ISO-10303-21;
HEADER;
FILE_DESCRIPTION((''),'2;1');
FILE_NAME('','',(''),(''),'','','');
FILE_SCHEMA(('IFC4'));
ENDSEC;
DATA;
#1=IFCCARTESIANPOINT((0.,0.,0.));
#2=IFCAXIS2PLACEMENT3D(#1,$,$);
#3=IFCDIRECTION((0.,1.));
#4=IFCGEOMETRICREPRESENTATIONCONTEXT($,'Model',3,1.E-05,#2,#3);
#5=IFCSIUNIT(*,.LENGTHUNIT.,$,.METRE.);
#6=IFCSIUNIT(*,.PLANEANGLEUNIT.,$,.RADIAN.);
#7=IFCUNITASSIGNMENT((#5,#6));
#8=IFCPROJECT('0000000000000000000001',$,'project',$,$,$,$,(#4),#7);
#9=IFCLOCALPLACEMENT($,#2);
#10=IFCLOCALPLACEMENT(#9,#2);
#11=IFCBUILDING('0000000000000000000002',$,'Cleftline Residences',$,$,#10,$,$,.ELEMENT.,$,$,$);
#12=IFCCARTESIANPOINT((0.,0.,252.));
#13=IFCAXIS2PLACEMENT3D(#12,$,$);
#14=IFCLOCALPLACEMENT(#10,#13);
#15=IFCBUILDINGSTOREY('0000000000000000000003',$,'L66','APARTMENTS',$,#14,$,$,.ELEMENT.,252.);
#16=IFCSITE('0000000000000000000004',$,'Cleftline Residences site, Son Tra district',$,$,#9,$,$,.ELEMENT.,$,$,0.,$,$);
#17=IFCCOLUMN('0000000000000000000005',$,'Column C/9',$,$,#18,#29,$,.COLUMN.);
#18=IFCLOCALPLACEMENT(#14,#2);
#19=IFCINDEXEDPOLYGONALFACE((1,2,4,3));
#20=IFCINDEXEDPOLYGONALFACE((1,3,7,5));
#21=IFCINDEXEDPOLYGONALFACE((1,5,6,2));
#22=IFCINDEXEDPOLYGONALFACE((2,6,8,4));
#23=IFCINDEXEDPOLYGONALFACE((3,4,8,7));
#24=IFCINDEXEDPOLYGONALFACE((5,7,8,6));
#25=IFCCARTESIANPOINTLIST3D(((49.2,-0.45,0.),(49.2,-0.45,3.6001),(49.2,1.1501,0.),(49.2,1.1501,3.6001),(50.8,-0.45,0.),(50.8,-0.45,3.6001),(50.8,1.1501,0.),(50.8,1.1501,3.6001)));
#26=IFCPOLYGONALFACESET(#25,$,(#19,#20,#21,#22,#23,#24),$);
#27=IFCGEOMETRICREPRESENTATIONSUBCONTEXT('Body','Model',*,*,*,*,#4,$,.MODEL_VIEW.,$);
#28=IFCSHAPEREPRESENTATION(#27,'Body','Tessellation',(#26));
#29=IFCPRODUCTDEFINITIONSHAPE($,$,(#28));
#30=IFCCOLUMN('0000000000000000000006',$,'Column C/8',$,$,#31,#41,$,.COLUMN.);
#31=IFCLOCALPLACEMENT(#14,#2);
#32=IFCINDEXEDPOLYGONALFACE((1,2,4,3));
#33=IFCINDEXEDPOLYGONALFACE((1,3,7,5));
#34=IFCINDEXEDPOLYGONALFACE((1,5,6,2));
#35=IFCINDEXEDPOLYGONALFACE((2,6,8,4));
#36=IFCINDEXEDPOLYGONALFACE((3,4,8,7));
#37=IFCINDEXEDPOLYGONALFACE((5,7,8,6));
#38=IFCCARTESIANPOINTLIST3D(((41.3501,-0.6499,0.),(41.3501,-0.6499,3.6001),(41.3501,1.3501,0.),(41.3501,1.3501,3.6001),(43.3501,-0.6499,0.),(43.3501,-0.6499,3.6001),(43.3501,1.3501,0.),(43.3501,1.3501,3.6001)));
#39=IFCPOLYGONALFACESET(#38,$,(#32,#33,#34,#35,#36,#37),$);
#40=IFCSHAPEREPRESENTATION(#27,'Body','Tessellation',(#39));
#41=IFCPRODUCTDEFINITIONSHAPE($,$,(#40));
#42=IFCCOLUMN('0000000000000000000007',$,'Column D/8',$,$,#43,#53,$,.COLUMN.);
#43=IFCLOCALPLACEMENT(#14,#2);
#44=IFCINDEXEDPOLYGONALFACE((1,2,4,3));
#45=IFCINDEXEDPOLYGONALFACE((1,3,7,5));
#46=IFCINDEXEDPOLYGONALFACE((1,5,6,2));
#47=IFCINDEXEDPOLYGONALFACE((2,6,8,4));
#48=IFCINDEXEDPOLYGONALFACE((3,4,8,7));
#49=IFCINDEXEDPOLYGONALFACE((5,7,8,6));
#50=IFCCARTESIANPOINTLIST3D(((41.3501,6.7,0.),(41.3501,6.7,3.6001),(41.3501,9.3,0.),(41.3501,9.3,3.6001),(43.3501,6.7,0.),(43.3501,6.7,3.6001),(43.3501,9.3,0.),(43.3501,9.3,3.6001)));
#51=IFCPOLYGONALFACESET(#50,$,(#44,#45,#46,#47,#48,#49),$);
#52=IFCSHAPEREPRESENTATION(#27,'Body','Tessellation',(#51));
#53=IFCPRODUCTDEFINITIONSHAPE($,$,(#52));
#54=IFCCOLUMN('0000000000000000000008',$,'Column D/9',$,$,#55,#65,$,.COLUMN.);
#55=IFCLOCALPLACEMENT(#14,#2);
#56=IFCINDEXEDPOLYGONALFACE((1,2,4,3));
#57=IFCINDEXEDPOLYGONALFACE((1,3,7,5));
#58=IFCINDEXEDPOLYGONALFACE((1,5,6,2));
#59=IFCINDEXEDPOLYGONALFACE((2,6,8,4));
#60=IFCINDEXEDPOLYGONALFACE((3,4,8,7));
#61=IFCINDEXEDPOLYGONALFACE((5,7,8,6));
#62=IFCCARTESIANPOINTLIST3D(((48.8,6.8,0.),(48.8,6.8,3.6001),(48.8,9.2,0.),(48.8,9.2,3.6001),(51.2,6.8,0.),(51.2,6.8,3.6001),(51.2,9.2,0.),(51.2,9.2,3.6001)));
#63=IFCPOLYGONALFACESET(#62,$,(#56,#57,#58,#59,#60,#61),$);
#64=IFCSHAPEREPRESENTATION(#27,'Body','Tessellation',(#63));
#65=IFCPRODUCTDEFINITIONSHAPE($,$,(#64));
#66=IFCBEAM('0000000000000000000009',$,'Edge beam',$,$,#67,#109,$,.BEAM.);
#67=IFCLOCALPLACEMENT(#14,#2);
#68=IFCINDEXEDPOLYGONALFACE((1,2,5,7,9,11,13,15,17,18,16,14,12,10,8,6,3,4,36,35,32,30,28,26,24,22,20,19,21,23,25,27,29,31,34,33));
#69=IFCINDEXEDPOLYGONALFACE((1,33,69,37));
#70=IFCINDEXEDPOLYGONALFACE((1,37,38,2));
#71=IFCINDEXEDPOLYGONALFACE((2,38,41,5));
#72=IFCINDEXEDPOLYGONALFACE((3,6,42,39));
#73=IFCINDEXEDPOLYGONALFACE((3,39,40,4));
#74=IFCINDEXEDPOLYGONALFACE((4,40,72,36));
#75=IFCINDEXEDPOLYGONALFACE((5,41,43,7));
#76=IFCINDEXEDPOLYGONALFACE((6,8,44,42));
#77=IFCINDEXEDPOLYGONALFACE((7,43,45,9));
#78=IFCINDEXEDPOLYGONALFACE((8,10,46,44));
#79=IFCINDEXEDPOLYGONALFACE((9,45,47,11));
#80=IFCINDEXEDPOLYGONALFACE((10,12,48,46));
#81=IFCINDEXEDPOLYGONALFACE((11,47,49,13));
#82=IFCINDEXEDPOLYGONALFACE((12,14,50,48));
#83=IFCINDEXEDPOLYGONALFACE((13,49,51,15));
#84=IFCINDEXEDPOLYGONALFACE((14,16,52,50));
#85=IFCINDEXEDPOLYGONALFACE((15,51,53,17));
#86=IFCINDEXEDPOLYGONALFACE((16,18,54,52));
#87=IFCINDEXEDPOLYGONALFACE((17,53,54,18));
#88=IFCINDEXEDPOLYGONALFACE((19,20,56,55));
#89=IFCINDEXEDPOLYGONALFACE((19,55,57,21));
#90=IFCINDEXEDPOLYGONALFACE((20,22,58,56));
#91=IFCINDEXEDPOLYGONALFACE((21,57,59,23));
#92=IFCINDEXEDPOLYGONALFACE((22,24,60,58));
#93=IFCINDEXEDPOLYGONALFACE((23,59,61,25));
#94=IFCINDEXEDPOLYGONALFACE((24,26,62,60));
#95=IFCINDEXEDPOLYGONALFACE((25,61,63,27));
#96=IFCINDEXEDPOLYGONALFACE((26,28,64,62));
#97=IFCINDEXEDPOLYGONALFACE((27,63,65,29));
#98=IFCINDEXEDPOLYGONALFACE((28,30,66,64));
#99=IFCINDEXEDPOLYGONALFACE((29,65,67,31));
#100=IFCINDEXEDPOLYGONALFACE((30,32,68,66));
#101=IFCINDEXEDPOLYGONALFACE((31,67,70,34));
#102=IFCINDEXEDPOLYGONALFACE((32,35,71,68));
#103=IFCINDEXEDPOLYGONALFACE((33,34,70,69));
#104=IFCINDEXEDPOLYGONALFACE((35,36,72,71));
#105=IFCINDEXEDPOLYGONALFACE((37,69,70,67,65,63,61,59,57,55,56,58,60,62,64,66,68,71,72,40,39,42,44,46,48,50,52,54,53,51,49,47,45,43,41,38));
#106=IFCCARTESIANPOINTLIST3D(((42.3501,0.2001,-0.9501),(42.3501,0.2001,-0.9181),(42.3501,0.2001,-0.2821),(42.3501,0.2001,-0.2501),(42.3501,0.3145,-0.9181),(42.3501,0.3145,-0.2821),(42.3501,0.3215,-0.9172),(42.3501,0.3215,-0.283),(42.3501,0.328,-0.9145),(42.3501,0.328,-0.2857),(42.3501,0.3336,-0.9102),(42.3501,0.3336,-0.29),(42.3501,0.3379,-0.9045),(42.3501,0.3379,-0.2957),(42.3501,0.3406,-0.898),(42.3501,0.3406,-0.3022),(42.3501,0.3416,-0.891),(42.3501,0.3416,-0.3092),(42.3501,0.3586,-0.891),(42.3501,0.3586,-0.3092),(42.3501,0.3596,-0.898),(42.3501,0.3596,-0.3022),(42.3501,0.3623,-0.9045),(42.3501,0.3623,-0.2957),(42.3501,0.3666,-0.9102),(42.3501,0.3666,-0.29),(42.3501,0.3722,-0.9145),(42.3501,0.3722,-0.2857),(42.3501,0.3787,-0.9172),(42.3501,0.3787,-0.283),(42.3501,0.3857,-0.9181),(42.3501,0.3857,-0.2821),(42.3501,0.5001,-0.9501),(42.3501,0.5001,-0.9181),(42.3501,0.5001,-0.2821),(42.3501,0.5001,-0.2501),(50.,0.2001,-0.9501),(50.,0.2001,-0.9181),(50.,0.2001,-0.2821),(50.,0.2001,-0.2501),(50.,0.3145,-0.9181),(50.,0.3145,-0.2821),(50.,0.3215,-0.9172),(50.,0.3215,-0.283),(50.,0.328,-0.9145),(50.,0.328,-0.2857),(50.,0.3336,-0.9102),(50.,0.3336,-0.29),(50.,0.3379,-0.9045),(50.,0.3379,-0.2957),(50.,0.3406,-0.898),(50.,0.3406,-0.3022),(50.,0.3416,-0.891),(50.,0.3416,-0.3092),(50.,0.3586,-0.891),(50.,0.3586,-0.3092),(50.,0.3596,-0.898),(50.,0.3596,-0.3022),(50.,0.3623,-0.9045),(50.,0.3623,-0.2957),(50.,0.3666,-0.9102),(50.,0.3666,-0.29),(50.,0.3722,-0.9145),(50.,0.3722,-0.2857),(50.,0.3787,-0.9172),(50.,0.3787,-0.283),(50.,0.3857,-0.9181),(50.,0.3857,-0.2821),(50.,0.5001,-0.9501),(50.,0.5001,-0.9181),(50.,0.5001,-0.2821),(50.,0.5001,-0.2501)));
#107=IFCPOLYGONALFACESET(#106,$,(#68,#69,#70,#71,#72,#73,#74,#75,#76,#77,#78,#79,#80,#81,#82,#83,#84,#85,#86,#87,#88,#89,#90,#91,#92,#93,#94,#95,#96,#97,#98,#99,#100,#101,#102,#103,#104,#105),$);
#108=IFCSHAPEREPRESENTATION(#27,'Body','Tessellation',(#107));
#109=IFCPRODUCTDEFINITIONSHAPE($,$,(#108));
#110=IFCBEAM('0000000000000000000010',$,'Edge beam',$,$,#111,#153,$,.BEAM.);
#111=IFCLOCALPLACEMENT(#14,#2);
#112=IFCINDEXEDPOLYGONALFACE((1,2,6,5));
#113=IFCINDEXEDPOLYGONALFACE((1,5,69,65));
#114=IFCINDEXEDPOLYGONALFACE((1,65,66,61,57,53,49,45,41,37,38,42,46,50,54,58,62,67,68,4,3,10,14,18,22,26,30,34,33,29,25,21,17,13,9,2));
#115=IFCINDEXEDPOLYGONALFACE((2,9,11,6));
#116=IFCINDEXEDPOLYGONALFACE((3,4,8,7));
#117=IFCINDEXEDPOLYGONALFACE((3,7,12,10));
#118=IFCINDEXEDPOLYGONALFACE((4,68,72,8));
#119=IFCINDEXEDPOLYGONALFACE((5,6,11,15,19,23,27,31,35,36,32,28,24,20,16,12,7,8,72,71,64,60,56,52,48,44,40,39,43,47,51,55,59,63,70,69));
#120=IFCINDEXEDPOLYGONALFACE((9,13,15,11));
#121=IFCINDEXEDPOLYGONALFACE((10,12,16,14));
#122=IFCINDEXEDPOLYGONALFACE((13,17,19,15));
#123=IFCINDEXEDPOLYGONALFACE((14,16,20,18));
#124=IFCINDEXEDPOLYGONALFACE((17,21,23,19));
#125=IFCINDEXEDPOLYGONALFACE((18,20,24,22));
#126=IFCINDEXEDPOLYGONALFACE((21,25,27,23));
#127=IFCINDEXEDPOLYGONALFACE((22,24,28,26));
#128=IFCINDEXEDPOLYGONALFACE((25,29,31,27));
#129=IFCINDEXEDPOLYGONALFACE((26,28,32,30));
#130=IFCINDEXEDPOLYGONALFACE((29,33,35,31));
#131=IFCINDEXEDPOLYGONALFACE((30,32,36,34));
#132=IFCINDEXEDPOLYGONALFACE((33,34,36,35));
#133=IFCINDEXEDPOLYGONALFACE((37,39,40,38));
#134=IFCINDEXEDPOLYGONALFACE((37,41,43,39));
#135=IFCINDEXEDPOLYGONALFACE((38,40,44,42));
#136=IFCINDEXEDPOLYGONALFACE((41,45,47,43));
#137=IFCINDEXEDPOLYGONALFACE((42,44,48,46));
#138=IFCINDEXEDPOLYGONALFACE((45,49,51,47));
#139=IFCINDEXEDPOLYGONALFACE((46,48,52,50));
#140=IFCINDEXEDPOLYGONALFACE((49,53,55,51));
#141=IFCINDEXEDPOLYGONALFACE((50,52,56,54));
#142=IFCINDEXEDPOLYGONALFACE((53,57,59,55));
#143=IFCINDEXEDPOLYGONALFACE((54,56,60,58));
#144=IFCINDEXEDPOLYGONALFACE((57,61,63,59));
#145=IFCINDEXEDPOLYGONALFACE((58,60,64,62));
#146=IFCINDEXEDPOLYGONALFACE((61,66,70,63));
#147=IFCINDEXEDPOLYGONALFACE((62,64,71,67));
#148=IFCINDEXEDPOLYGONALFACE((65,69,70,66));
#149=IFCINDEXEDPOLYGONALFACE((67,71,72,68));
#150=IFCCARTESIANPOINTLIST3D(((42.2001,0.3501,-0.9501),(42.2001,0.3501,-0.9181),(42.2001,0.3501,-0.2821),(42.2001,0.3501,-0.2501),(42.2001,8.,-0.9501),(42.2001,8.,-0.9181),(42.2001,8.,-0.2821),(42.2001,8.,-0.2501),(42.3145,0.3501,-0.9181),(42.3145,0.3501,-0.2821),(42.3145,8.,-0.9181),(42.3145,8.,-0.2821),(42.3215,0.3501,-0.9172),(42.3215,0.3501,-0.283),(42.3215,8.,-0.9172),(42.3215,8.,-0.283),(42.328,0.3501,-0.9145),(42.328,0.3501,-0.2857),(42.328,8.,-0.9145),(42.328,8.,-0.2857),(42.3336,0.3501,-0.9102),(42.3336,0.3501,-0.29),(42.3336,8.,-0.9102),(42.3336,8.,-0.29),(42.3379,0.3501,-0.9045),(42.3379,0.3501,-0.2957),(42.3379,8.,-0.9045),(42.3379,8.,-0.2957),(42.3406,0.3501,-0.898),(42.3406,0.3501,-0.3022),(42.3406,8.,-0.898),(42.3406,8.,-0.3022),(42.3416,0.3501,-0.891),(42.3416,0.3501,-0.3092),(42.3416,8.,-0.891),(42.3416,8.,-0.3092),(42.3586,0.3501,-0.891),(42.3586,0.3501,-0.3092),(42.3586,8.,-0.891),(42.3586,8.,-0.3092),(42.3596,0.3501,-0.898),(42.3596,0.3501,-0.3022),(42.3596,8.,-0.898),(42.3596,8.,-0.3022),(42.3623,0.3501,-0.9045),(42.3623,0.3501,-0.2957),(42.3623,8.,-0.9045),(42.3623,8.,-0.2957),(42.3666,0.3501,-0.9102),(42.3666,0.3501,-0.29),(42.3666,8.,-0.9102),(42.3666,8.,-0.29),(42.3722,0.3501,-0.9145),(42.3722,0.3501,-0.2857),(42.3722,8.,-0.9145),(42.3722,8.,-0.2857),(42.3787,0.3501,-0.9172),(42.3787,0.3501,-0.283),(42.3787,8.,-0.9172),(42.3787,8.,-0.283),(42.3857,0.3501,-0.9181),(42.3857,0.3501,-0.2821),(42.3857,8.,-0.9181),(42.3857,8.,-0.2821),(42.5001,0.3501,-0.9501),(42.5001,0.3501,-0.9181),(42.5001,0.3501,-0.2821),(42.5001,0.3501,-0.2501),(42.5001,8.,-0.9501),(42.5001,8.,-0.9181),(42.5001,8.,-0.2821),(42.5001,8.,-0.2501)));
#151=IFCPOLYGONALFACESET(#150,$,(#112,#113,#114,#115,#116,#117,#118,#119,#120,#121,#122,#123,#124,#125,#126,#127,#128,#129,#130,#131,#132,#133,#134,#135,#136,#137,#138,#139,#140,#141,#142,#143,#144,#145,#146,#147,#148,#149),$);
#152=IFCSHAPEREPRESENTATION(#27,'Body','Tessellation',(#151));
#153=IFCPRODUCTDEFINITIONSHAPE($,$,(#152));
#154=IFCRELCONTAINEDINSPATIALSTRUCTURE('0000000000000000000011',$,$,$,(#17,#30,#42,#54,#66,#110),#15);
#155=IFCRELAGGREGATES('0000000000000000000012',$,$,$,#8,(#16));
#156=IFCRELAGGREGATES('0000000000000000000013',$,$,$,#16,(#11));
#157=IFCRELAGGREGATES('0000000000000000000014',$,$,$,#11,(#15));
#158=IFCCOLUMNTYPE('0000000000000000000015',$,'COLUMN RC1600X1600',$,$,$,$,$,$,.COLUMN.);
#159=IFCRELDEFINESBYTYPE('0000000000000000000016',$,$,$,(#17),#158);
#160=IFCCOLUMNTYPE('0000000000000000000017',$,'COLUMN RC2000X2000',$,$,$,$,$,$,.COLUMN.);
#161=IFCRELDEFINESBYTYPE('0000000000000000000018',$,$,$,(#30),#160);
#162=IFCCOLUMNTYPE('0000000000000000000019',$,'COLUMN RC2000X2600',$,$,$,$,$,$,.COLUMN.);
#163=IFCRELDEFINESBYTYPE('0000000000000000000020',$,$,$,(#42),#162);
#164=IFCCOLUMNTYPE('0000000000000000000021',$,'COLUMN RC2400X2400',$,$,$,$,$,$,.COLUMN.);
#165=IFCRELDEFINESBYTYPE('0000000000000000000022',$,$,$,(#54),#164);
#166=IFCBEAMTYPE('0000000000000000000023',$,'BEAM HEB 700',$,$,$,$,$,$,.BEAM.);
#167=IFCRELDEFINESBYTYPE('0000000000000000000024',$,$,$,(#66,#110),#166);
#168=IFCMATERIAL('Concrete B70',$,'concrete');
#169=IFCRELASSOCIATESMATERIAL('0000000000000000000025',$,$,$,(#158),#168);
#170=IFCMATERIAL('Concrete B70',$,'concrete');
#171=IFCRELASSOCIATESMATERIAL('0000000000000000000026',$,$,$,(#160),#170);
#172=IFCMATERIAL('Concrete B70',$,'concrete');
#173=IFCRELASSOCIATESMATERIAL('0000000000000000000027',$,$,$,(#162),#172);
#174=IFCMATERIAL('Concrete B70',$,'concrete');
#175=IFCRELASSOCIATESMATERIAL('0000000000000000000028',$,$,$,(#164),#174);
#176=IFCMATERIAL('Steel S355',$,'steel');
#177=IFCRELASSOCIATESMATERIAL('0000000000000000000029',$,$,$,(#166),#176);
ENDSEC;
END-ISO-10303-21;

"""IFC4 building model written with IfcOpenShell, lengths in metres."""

from ifc_helpers import new_model, si_unit, direction, frame, origin, origin_2d, place, context, subcontext, project, spatial, rectangle, i_section, extrude, material, material_profile, profile_set, type_object, element, save


model = new_model("IFC4")

# Units and contexts
model_context = context("Model", 3, precision=1e-05, world=origin(), true_north=direction((0.0, 1.0)))
body_context = subcontext(model_context, "Body", "Model", "MODEL_VIEW")
ifc_project = project(units=[si_unit("LENGTHUNIT", "METRE"), si_unit("PLANEANGLEUNIT", "RADIAN")], contexts=[model_context])

# Site, building, storey
site_placement = place(None, origin())
site = spatial("IfcSite", under=ifc_project, at=site_placement, Name="Cleftline Residences site, Son Tra district", CompositionType="ELEMENT", RefElevation=0.0)
building_placement = place(site_placement, origin())
building = spatial("IfcBuilding", under=site, at=building_placement, Name="Cleftline Residences", CompositionType="ELEMENT")
storey_placement = place(building_placement, frame((0.0, 0.0, 252.0)))
storey = spatial("IfcBuildingStorey", under=building, at=storey_placement, Name="L66", Description="APARTMENTS", CompositionType="ELEMENT", Elevation=252.0)

# Columns
ifc_material_1 = material(Name="Concrete B70", Category="concrete")
ifc_material_profile_1 = material_profile(ifc_material_1, rectangle(XDim=1.6001, YDim=1.6001, at=origin_2d()))
ifc_profile_set_1 = profile_set([ifc_material_profile_1], Name="Concrete B70")
column_type_1 = type_object("IfcColumnType", Name="COLUMN RC1600X1600", PredefinedType="COLUMN", material=ifc_profile_set_1)
column_1_placement = place(storey_placement, frame((50.0, 0.3501, 0.0), z_axis=(0.0, 0.0, 1.0), x_axis=(1.0, 0.0, 0.0)))
element("IfcColumn", 1, at=column_1_placement, inside=storey, type_object=column_type_1, Name="Column C/9", PredefinedType="COLUMN", context=body_context, shape_type="SweptSolid", body=[
    extrude(rectangle(XDim=1.6001, YDim=1.6001, at=origin_2d()), origin(), (0.0, 0.0, 1.0), 3.6001),
])
ifc_material_2 = material(Name="Concrete B70", Category="concrete")
ifc_material_profile_2 = material_profile(ifc_material_2, rectangle(XDim=2.0, YDim=2.0, at=origin_2d()))
ifc_profile_set_2 = profile_set([ifc_material_profile_2], Name="Concrete B70")
column_type_2 = type_object("IfcColumnType", Name="COLUMN RC2000X2000", PredefinedType="COLUMN", material=ifc_profile_set_2)
column_2_placement = place(storey_placement, frame((42.3501, 0.3501, 0.0), z_axis=(0.0, 0.0, 1.0), x_axis=(1.0, 0.0, 0.0)))
element("IfcColumn", 2, at=column_2_placement, inside=storey, type_object=column_type_2, Name="Column C/8", PredefinedType="COLUMN", context=body_context, shape_type="SweptSolid", body=[
    extrude(rectangle(XDim=2.0, YDim=2.0, at=origin_2d()), origin(), (0.0, 0.0, 1.0), 3.6001),
])
ifc_material_3 = material(Name="Concrete B70", Category="concrete")
ifc_material_profile_3 = material_profile(ifc_material_3, rectangle(XDim=2.0, YDim=2.6001, at=origin_2d()))
ifc_profile_set_3 = profile_set([ifc_material_profile_3], Name="Concrete B70")
column_type_3 = type_object("IfcColumnType", Name="COLUMN RC2000X2600", PredefinedType="COLUMN", material=ifc_profile_set_3)
column_3_placement = place(storey_placement, frame((42.3501, 8.0, 0.0), z_axis=(0.0, 0.0, 1.0), x_axis=(1.0, 0.0, 0.0)))
element("IfcColumn", 3, at=column_3_placement, inside=storey, type_object=column_type_3, Name="Column D/8", PredefinedType="COLUMN", context=body_context, shape_type="SweptSolid", body=[
    extrude(rectangle(XDim=2.0, YDim=2.6001, at=origin_2d()), origin(), (0.0, 0.0, 1.0), 3.6001),
])
ifc_material_4 = material(Name="Concrete B70", Category="concrete")
ifc_material_profile_4 = material_profile(ifc_material_4, rectangle(XDim=2.3999, YDim=2.3999, at=origin_2d()))
ifc_profile_set_4 = profile_set([ifc_material_profile_4], Name="Concrete B70")
column_type_4 = type_object("IfcColumnType", Name="COLUMN RC2400X2400", PredefinedType="COLUMN", material=ifc_profile_set_4)
column_4_placement = place(storey_placement, frame((50.0, 8.0, 0.0), z_axis=(0.0, 0.0, 1.0), x_axis=(1.0, 0.0, 0.0)))
element("IfcColumn", 4, at=column_4_placement, inside=storey, type_object=column_type_4, Name="Column D/9", PredefinedType="COLUMN", context=body_context, shape_type="SweptSolid", body=[
    extrude(rectangle(XDim=2.3999, YDim=2.3999, at=origin_2d()), origin(), (0.0, 0.0, 1.0), 3.6001),
])

# Beams
ifc_material_5 = material(Name="Steel S355", Category="steel")
ifc_material_profile_5 = material_profile(ifc_material_5, i_section(OverallWidth=0.3, OverallDepth=0.7, WebThickness=0.0171, FlangeThickness=0.032, FilletRadius=0.0271, at=origin_2d()))
ifc_profile_set_5 = profile_set([ifc_material_profile_5], Name="Steel S355")
beam_type = type_object("IfcBeamType", Name="BEAM HEB 700", PredefinedType="BEAM", material=ifc_profile_set_5)
for number, where, z_axis, x_axis, name in (
    (5, (50.0, 0.3501, -0.6001), (-1.0, 0.0, 0.0), (0.0, -1.0, 0.0), "Edge beam"),
    (6, (42.3501, 0.3501, -0.6001), (0.0, 1.0, 0.0), (-1.0, 0.0, 0.0), "Edge beam"),
):
    element("IfcBeam", number, at=place(storey_placement, frame(where, z_axis=z_axis, x_axis=x_axis)), inside=storey, type_object=beam_type, Name=name, PredefinedType="BEAM", context=body_context, shape_type="SweptSolid", body=[
        extrude(i_section(OverallWidth=0.3, OverallDepth=0.7, WebThickness=0.0171, FlangeThickness=0.032, FilletRadius=0.0271, at=origin_2d()), origin(), (0.0, 0.0, 1.0), 7.6499),
    ])

save(model, "model.ifc")
